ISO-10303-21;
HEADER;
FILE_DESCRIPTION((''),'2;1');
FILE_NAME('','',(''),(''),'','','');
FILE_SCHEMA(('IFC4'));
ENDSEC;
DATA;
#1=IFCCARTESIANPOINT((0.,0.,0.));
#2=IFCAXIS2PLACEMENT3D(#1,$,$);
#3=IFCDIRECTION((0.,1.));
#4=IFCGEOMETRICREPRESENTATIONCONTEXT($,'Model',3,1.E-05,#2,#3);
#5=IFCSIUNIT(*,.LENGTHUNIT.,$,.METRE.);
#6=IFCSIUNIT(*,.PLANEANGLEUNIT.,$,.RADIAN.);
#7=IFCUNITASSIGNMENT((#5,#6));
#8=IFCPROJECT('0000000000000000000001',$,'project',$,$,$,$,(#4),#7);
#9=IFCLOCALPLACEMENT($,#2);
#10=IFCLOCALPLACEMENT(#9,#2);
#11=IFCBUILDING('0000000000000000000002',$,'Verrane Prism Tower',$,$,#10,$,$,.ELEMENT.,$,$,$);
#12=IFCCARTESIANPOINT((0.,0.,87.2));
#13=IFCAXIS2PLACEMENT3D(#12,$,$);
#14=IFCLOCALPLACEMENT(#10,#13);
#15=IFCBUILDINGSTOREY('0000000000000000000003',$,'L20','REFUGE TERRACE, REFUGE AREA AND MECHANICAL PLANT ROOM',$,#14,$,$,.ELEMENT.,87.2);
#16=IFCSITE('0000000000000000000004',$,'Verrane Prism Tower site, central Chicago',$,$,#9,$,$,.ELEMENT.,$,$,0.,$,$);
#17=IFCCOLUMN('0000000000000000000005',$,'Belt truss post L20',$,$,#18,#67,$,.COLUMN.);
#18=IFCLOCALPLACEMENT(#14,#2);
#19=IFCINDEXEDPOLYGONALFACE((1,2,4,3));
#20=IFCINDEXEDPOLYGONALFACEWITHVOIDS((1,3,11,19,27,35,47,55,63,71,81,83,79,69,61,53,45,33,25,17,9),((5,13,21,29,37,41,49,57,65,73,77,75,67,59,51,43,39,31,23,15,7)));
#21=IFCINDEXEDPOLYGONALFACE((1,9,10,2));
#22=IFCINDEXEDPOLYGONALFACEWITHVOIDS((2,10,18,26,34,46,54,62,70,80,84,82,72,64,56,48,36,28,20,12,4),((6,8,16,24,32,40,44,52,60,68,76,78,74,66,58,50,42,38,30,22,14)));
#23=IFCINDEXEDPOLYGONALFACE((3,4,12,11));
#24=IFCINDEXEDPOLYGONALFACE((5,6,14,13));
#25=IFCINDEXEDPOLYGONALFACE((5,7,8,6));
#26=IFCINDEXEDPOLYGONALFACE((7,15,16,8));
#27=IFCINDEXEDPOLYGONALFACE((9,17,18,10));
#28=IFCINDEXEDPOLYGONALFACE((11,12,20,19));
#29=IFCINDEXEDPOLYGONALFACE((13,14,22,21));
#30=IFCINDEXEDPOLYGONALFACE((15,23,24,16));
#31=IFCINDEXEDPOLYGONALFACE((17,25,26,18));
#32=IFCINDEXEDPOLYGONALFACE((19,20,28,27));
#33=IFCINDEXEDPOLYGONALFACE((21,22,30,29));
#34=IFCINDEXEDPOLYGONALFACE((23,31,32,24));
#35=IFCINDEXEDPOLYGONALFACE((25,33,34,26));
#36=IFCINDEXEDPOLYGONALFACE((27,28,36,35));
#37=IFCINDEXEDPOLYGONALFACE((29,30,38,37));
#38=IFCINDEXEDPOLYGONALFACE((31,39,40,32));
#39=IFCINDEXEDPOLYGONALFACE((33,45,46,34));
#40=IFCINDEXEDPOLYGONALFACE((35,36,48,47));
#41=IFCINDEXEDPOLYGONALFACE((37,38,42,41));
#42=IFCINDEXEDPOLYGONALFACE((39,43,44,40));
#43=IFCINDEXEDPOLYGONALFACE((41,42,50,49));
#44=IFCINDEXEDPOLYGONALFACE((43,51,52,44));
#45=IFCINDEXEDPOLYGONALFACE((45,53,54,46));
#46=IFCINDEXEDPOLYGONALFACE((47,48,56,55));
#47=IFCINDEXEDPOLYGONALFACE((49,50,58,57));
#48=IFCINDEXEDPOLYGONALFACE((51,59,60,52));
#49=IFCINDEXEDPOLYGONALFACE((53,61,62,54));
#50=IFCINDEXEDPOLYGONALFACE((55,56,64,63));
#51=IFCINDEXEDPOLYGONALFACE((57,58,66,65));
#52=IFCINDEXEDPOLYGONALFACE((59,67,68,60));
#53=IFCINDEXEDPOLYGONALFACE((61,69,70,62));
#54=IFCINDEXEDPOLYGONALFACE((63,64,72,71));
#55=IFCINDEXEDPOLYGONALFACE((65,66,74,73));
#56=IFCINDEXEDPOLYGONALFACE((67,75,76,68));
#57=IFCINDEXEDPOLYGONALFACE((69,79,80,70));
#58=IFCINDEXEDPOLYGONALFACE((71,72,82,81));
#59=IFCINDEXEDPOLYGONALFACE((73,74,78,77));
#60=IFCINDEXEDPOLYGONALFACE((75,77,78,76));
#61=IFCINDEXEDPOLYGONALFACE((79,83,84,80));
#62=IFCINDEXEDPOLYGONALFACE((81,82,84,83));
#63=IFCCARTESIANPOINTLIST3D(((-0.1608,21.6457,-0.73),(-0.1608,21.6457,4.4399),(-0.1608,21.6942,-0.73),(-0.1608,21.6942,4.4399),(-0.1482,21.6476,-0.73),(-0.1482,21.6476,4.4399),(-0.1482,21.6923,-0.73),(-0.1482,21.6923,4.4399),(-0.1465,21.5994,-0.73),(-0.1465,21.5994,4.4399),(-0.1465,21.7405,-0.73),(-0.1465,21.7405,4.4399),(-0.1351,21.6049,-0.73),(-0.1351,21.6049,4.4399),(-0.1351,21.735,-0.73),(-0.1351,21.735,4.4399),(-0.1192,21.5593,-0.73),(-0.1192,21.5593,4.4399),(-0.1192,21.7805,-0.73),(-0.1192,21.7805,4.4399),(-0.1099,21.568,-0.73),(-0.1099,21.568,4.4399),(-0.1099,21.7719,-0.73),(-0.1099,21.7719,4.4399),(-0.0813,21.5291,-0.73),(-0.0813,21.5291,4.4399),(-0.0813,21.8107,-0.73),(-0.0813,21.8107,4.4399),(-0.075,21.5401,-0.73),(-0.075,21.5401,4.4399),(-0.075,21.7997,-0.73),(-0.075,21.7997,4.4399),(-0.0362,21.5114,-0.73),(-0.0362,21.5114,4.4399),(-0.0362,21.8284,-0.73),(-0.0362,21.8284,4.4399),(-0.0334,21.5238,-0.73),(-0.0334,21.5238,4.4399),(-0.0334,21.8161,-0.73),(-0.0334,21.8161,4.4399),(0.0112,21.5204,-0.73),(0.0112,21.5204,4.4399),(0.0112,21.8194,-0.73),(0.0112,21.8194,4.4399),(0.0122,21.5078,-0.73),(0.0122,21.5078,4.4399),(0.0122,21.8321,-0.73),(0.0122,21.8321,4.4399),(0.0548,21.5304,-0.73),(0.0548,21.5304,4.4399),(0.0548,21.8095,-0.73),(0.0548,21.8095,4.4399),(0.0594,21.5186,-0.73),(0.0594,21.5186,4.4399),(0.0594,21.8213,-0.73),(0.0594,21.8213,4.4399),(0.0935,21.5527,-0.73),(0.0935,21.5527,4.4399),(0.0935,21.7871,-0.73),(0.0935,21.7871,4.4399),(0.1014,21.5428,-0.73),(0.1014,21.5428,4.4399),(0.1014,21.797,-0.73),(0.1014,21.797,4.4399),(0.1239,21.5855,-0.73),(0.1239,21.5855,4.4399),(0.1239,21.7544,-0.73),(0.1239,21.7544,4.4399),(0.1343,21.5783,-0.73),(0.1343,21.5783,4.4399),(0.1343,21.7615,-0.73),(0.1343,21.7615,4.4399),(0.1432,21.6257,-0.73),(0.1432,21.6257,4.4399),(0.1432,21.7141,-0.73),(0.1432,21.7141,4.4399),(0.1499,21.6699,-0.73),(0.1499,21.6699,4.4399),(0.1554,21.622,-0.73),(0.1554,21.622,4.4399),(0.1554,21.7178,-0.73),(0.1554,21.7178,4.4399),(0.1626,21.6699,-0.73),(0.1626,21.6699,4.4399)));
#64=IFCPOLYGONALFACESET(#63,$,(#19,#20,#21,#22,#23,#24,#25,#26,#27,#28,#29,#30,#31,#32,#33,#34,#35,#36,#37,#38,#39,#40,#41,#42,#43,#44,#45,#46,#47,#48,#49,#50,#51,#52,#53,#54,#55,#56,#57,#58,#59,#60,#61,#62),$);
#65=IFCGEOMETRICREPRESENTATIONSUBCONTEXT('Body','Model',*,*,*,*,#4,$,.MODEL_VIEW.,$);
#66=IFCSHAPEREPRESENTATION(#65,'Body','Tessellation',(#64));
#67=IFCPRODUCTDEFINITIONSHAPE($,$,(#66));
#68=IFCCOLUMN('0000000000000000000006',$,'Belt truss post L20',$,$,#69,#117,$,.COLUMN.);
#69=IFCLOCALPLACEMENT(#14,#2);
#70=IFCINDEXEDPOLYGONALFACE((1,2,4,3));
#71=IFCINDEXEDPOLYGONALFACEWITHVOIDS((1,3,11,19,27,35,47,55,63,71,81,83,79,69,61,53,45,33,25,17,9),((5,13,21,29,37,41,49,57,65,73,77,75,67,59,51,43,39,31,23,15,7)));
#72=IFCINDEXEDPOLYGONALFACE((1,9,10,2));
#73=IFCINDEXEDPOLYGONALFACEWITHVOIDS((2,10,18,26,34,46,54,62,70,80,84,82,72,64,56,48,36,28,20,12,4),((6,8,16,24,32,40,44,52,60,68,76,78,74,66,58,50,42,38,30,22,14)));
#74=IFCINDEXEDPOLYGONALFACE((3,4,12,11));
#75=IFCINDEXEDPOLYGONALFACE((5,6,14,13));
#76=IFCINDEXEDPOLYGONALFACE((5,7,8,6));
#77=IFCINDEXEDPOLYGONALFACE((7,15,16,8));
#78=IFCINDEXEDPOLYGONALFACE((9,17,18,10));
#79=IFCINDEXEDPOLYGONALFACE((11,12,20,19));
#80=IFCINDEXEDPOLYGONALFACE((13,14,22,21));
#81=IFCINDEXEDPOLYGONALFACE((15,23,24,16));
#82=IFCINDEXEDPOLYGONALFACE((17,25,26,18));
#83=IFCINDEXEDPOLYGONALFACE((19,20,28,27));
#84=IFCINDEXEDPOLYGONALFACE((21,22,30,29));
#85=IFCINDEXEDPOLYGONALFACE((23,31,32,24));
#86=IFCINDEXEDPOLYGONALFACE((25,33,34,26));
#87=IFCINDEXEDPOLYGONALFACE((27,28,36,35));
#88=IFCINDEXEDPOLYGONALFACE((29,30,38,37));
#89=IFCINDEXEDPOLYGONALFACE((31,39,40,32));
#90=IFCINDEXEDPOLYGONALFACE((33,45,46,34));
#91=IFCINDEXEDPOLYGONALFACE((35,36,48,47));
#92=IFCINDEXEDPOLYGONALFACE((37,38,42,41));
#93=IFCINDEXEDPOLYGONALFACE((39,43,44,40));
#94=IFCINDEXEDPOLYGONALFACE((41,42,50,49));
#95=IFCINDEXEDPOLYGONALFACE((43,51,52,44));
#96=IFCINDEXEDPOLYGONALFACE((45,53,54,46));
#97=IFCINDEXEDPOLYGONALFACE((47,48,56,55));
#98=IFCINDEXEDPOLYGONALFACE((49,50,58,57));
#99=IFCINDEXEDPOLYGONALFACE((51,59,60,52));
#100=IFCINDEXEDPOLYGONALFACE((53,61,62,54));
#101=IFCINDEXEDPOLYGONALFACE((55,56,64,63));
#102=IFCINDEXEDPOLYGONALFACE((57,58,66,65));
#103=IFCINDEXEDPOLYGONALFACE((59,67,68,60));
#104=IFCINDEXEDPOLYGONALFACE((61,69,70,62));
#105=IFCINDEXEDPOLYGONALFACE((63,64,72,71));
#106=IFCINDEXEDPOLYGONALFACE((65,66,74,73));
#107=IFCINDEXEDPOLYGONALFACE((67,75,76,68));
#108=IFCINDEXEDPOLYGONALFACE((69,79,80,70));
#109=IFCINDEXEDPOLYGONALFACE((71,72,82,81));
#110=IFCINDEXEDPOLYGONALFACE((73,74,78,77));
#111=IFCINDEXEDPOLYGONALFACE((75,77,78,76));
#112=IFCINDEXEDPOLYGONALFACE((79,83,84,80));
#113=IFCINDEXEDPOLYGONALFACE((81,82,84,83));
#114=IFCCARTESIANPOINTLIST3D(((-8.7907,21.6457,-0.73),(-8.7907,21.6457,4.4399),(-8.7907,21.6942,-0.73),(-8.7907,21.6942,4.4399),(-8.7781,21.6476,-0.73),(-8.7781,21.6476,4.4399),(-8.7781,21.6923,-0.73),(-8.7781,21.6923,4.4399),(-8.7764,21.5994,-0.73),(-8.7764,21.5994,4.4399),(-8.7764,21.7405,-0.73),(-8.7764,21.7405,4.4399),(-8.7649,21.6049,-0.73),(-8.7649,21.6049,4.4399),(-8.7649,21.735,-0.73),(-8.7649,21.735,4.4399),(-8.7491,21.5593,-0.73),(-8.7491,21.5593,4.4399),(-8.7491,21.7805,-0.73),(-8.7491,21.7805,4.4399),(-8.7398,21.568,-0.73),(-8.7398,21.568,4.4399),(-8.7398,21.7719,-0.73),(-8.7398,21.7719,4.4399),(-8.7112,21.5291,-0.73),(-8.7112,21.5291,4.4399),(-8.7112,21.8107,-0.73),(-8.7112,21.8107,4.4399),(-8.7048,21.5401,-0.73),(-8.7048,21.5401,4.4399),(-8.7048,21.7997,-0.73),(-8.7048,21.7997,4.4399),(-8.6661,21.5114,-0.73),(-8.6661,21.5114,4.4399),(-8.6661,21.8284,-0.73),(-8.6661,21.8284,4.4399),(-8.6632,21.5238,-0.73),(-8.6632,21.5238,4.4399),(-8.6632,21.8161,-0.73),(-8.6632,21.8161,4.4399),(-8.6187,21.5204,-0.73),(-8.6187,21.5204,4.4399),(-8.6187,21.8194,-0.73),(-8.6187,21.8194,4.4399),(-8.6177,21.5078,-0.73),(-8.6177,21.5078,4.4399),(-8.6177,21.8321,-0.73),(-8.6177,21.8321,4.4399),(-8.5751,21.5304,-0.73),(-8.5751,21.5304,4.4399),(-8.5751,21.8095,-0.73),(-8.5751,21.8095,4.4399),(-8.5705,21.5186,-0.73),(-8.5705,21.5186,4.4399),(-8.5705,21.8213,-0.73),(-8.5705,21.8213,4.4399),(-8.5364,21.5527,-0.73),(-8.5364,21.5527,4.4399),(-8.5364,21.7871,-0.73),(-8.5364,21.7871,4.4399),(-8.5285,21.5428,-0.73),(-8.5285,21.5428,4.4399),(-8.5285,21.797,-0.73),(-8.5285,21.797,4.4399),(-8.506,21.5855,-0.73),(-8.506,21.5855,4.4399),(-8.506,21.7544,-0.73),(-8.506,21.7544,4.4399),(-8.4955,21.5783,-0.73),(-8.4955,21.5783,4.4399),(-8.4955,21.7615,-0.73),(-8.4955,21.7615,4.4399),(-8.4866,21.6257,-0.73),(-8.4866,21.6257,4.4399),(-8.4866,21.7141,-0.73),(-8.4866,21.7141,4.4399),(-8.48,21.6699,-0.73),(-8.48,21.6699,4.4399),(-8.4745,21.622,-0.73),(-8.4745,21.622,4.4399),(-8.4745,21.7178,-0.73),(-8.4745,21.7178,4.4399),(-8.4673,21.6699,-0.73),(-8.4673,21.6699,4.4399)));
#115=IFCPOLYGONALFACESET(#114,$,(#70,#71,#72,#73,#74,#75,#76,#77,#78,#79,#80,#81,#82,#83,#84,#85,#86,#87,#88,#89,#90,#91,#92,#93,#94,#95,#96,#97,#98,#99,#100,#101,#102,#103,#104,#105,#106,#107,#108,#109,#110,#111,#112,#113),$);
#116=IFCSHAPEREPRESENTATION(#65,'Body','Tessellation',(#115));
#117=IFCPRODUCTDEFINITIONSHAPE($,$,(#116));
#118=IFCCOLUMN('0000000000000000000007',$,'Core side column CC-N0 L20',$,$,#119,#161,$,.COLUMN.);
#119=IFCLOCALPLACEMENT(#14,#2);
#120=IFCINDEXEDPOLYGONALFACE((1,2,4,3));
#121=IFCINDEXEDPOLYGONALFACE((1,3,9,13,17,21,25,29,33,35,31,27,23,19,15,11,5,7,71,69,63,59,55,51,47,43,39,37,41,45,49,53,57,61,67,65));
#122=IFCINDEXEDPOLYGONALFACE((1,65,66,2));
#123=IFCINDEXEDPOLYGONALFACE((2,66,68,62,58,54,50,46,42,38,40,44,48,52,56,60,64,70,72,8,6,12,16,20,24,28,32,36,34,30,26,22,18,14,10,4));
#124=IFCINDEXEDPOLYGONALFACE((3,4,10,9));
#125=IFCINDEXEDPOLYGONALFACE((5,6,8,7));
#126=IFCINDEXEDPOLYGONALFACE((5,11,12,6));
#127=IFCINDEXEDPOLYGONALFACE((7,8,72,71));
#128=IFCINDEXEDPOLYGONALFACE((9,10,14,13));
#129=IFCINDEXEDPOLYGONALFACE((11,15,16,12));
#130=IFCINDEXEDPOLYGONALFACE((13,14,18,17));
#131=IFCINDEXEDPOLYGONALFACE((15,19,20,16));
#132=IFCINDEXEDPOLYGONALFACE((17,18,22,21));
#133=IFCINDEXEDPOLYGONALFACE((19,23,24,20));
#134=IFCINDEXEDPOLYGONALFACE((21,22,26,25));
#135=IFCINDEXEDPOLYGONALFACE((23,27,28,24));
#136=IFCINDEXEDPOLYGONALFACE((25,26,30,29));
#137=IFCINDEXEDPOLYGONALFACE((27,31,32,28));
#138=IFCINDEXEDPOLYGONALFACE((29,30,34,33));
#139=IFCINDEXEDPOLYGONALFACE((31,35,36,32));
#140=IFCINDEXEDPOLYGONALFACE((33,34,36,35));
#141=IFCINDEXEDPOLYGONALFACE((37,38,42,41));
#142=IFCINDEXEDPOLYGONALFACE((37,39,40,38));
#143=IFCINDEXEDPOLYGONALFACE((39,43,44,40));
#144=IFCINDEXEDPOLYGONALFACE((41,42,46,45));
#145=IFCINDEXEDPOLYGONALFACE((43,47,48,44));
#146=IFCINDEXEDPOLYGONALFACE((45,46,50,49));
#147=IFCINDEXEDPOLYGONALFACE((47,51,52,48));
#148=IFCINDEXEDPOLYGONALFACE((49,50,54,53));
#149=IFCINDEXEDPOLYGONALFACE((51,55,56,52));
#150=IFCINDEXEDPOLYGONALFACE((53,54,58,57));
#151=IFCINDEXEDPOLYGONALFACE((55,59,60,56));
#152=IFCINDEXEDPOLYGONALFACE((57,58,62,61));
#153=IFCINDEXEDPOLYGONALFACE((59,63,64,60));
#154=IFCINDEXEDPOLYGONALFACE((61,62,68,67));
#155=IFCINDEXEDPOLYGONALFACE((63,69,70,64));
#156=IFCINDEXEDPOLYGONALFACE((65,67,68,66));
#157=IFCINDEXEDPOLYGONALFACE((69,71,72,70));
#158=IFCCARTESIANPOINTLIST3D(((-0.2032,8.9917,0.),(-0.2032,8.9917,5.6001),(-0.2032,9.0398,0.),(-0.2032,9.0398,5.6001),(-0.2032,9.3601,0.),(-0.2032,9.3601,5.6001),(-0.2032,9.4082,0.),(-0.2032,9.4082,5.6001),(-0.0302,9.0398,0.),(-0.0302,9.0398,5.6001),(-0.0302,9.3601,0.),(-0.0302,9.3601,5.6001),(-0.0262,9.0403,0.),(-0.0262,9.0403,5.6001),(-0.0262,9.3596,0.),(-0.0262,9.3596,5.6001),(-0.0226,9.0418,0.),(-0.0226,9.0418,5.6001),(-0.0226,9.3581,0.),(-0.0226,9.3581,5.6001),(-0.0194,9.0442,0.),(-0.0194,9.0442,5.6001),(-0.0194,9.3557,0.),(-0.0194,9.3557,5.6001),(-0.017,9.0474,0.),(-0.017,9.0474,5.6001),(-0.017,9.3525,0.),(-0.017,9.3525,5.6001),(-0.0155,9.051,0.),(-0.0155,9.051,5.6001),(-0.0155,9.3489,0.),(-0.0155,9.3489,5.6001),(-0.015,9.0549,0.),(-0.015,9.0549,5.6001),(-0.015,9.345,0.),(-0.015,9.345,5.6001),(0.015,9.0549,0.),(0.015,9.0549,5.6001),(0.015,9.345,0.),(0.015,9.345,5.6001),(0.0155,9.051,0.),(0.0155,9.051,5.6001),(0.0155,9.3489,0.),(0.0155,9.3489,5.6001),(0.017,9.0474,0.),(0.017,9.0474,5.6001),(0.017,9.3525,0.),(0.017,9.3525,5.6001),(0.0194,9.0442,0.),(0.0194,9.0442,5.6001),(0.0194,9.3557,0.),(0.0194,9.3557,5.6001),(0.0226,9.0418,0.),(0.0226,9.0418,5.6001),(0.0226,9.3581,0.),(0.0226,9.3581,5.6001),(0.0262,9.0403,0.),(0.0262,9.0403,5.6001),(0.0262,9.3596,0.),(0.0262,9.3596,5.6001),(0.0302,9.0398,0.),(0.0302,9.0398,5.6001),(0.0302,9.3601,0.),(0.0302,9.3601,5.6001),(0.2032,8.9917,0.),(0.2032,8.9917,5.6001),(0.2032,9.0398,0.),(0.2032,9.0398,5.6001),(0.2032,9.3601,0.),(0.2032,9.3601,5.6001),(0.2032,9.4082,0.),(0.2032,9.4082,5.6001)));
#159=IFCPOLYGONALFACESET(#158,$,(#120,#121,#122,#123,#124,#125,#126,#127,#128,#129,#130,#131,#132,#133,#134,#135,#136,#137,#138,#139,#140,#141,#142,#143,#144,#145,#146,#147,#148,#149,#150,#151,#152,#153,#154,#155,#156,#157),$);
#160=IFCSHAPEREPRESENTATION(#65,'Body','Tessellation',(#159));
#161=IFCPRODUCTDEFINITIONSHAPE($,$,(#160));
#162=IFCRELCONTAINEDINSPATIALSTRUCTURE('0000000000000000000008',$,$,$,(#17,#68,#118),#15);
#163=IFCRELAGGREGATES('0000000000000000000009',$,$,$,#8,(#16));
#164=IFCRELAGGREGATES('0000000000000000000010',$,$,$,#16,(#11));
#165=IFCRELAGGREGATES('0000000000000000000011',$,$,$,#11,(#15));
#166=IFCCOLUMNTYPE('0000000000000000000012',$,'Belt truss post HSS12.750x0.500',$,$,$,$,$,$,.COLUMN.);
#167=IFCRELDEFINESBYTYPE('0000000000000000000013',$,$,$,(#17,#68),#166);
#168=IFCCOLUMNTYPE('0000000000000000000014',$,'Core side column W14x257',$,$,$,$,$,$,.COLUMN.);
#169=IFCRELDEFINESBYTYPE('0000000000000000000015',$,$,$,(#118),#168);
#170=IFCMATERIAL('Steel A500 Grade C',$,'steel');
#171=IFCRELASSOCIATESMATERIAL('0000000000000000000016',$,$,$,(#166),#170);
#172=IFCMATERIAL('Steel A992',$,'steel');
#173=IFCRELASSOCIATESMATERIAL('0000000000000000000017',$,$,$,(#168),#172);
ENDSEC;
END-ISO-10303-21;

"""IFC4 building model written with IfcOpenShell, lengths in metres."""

from ifc_helpers import new_model, si_unit, direction, frame, origin, origin_2d, place, context, subcontext, project, spatial, hollow_circle, i_section, extrude, material, material_profile, profile_set, type_object, element, save


model = new_model("IFC4")

# Units and contexts
model_context = context("Model", 3, precision=1e-05, world=origin(), true_north=direction((0.0, 1.0)))
body_context = subcontext(model_context, "Body", "Model", "MODEL_VIEW")
ifc_project = project(units=[si_unit("LENGTHUNIT", "METRE"), si_unit("PLANEANGLEUNIT", "RADIAN")], contexts=[model_context])

# Site, building, storey
site_placement = place(None, origin())
site = spatial("IfcSite", under=ifc_project, at=site_placement, Name="Verrane Prism Tower site, central Chicago", CompositionType="ELEMENT", RefElevation=0.0)
building_placement = place(site_placement, origin())
building = spatial("IfcBuilding", under=site, at=building_placement, Name="Verrane Prism Tower", CompositionType="ELEMENT")
storey_placement = place(building_placement, frame((0.0, 0.0, 87.2)))
storey = spatial("IfcBuildingStorey", under=building, at=storey_placement, Name="L20", Description="REFUGE TERRACE, REFUGE AREA AND MECHANICAL PLANT ROOM", CompositionType="ELEMENT", Elevation=87.2)

# Columns
ifc_material_1 = material(Name="Steel A500 Grade C", Category="steel")
ifc_material_profile_1 = material_profile(ifc_material_1, hollow_circle(Radius=0.1626, WallThickness=0.0127, at=origin_2d()), Name="HSS12.750x0.500")
ifc_profile_set_1 = profile_set([ifc_material_profile_1], Name="Steel A500 Grade C")
column_type_1 = type_object("IfcColumnType", Name="Belt truss post HSS12.750x0.500", PredefinedType="COLUMN", material=ifc_profile_set_1)
for number, where, z_axis, x_axis, name in (
    (1, (0.0, 21.6699, -0.73), (0.0, 0.0, 1.0), (1.0, 0.0, 0.0), "Belt truss post L20"),
    (2, (-8.6299, 21.6699, -0.73), (0.0, 0.0, 1.0), (1.0, 0.0, 0.0), "Belt truss post L20"),
):
    element("IfcColumn", number, at=place(storey_placement, frame(where, z_axis=z_axis, x_axis=x_axis)), inside=storey, type_object=column_type_1, Name=name, PredefinedType="COLUMN", context=body_context, shape_type="SweptSolid", body=[
        extrude(hollow_circle(Radius=0.1626, WallThickness=0.0127, at=origin_2d()), origin(), (0.0, 0.0, 1.0), 5.1699),
    ])
ifc_material_2 = material(Name="Steel A992", Category="steel")
ifc_material_profile_2 = material_profile(ifc_material_2, i_section(OverallWidth=0.4065, OverallDepth=0.4165, WebThickness=0.03, FlangeThickness=0.0481, FilletRadius=0.0151, at=origin_2d()), Name="W14x257")
ifc_profile_set_2 = profile_set([ifc_material_profile_2], Name="Steel A992")
column_type_2 = type_object("IfcColumnType", Name="Core side column W14x257", PredefinedType="COLUMN", material=ifc_profile_set_2)
column_placement = place(storey_placement, frame((0.0, 9.2, 0.0), z_axis=(0.0, 0.0, 1.0), x_axis=(1.0, 0.0, 0.0)))
element("IfcColumn", 3, at=column_placement, inside=storey, type_object=column_type_2, Name="Core side column CC-N0 L20", PredefinedType="COLUMN", context=body_context, shape_type="SweptSolid", body=[
    extrude(i_section(OverallWidth=0.4065, OverallDepth=0.4165, WebThickness=0.03, FlangeThickness=0.0481, FilletRadius=0.0151, at=origin_2d()), origin(), (0.0, 0.0, 1.0), 5.6001),
])

save(model, "model.ifc")
